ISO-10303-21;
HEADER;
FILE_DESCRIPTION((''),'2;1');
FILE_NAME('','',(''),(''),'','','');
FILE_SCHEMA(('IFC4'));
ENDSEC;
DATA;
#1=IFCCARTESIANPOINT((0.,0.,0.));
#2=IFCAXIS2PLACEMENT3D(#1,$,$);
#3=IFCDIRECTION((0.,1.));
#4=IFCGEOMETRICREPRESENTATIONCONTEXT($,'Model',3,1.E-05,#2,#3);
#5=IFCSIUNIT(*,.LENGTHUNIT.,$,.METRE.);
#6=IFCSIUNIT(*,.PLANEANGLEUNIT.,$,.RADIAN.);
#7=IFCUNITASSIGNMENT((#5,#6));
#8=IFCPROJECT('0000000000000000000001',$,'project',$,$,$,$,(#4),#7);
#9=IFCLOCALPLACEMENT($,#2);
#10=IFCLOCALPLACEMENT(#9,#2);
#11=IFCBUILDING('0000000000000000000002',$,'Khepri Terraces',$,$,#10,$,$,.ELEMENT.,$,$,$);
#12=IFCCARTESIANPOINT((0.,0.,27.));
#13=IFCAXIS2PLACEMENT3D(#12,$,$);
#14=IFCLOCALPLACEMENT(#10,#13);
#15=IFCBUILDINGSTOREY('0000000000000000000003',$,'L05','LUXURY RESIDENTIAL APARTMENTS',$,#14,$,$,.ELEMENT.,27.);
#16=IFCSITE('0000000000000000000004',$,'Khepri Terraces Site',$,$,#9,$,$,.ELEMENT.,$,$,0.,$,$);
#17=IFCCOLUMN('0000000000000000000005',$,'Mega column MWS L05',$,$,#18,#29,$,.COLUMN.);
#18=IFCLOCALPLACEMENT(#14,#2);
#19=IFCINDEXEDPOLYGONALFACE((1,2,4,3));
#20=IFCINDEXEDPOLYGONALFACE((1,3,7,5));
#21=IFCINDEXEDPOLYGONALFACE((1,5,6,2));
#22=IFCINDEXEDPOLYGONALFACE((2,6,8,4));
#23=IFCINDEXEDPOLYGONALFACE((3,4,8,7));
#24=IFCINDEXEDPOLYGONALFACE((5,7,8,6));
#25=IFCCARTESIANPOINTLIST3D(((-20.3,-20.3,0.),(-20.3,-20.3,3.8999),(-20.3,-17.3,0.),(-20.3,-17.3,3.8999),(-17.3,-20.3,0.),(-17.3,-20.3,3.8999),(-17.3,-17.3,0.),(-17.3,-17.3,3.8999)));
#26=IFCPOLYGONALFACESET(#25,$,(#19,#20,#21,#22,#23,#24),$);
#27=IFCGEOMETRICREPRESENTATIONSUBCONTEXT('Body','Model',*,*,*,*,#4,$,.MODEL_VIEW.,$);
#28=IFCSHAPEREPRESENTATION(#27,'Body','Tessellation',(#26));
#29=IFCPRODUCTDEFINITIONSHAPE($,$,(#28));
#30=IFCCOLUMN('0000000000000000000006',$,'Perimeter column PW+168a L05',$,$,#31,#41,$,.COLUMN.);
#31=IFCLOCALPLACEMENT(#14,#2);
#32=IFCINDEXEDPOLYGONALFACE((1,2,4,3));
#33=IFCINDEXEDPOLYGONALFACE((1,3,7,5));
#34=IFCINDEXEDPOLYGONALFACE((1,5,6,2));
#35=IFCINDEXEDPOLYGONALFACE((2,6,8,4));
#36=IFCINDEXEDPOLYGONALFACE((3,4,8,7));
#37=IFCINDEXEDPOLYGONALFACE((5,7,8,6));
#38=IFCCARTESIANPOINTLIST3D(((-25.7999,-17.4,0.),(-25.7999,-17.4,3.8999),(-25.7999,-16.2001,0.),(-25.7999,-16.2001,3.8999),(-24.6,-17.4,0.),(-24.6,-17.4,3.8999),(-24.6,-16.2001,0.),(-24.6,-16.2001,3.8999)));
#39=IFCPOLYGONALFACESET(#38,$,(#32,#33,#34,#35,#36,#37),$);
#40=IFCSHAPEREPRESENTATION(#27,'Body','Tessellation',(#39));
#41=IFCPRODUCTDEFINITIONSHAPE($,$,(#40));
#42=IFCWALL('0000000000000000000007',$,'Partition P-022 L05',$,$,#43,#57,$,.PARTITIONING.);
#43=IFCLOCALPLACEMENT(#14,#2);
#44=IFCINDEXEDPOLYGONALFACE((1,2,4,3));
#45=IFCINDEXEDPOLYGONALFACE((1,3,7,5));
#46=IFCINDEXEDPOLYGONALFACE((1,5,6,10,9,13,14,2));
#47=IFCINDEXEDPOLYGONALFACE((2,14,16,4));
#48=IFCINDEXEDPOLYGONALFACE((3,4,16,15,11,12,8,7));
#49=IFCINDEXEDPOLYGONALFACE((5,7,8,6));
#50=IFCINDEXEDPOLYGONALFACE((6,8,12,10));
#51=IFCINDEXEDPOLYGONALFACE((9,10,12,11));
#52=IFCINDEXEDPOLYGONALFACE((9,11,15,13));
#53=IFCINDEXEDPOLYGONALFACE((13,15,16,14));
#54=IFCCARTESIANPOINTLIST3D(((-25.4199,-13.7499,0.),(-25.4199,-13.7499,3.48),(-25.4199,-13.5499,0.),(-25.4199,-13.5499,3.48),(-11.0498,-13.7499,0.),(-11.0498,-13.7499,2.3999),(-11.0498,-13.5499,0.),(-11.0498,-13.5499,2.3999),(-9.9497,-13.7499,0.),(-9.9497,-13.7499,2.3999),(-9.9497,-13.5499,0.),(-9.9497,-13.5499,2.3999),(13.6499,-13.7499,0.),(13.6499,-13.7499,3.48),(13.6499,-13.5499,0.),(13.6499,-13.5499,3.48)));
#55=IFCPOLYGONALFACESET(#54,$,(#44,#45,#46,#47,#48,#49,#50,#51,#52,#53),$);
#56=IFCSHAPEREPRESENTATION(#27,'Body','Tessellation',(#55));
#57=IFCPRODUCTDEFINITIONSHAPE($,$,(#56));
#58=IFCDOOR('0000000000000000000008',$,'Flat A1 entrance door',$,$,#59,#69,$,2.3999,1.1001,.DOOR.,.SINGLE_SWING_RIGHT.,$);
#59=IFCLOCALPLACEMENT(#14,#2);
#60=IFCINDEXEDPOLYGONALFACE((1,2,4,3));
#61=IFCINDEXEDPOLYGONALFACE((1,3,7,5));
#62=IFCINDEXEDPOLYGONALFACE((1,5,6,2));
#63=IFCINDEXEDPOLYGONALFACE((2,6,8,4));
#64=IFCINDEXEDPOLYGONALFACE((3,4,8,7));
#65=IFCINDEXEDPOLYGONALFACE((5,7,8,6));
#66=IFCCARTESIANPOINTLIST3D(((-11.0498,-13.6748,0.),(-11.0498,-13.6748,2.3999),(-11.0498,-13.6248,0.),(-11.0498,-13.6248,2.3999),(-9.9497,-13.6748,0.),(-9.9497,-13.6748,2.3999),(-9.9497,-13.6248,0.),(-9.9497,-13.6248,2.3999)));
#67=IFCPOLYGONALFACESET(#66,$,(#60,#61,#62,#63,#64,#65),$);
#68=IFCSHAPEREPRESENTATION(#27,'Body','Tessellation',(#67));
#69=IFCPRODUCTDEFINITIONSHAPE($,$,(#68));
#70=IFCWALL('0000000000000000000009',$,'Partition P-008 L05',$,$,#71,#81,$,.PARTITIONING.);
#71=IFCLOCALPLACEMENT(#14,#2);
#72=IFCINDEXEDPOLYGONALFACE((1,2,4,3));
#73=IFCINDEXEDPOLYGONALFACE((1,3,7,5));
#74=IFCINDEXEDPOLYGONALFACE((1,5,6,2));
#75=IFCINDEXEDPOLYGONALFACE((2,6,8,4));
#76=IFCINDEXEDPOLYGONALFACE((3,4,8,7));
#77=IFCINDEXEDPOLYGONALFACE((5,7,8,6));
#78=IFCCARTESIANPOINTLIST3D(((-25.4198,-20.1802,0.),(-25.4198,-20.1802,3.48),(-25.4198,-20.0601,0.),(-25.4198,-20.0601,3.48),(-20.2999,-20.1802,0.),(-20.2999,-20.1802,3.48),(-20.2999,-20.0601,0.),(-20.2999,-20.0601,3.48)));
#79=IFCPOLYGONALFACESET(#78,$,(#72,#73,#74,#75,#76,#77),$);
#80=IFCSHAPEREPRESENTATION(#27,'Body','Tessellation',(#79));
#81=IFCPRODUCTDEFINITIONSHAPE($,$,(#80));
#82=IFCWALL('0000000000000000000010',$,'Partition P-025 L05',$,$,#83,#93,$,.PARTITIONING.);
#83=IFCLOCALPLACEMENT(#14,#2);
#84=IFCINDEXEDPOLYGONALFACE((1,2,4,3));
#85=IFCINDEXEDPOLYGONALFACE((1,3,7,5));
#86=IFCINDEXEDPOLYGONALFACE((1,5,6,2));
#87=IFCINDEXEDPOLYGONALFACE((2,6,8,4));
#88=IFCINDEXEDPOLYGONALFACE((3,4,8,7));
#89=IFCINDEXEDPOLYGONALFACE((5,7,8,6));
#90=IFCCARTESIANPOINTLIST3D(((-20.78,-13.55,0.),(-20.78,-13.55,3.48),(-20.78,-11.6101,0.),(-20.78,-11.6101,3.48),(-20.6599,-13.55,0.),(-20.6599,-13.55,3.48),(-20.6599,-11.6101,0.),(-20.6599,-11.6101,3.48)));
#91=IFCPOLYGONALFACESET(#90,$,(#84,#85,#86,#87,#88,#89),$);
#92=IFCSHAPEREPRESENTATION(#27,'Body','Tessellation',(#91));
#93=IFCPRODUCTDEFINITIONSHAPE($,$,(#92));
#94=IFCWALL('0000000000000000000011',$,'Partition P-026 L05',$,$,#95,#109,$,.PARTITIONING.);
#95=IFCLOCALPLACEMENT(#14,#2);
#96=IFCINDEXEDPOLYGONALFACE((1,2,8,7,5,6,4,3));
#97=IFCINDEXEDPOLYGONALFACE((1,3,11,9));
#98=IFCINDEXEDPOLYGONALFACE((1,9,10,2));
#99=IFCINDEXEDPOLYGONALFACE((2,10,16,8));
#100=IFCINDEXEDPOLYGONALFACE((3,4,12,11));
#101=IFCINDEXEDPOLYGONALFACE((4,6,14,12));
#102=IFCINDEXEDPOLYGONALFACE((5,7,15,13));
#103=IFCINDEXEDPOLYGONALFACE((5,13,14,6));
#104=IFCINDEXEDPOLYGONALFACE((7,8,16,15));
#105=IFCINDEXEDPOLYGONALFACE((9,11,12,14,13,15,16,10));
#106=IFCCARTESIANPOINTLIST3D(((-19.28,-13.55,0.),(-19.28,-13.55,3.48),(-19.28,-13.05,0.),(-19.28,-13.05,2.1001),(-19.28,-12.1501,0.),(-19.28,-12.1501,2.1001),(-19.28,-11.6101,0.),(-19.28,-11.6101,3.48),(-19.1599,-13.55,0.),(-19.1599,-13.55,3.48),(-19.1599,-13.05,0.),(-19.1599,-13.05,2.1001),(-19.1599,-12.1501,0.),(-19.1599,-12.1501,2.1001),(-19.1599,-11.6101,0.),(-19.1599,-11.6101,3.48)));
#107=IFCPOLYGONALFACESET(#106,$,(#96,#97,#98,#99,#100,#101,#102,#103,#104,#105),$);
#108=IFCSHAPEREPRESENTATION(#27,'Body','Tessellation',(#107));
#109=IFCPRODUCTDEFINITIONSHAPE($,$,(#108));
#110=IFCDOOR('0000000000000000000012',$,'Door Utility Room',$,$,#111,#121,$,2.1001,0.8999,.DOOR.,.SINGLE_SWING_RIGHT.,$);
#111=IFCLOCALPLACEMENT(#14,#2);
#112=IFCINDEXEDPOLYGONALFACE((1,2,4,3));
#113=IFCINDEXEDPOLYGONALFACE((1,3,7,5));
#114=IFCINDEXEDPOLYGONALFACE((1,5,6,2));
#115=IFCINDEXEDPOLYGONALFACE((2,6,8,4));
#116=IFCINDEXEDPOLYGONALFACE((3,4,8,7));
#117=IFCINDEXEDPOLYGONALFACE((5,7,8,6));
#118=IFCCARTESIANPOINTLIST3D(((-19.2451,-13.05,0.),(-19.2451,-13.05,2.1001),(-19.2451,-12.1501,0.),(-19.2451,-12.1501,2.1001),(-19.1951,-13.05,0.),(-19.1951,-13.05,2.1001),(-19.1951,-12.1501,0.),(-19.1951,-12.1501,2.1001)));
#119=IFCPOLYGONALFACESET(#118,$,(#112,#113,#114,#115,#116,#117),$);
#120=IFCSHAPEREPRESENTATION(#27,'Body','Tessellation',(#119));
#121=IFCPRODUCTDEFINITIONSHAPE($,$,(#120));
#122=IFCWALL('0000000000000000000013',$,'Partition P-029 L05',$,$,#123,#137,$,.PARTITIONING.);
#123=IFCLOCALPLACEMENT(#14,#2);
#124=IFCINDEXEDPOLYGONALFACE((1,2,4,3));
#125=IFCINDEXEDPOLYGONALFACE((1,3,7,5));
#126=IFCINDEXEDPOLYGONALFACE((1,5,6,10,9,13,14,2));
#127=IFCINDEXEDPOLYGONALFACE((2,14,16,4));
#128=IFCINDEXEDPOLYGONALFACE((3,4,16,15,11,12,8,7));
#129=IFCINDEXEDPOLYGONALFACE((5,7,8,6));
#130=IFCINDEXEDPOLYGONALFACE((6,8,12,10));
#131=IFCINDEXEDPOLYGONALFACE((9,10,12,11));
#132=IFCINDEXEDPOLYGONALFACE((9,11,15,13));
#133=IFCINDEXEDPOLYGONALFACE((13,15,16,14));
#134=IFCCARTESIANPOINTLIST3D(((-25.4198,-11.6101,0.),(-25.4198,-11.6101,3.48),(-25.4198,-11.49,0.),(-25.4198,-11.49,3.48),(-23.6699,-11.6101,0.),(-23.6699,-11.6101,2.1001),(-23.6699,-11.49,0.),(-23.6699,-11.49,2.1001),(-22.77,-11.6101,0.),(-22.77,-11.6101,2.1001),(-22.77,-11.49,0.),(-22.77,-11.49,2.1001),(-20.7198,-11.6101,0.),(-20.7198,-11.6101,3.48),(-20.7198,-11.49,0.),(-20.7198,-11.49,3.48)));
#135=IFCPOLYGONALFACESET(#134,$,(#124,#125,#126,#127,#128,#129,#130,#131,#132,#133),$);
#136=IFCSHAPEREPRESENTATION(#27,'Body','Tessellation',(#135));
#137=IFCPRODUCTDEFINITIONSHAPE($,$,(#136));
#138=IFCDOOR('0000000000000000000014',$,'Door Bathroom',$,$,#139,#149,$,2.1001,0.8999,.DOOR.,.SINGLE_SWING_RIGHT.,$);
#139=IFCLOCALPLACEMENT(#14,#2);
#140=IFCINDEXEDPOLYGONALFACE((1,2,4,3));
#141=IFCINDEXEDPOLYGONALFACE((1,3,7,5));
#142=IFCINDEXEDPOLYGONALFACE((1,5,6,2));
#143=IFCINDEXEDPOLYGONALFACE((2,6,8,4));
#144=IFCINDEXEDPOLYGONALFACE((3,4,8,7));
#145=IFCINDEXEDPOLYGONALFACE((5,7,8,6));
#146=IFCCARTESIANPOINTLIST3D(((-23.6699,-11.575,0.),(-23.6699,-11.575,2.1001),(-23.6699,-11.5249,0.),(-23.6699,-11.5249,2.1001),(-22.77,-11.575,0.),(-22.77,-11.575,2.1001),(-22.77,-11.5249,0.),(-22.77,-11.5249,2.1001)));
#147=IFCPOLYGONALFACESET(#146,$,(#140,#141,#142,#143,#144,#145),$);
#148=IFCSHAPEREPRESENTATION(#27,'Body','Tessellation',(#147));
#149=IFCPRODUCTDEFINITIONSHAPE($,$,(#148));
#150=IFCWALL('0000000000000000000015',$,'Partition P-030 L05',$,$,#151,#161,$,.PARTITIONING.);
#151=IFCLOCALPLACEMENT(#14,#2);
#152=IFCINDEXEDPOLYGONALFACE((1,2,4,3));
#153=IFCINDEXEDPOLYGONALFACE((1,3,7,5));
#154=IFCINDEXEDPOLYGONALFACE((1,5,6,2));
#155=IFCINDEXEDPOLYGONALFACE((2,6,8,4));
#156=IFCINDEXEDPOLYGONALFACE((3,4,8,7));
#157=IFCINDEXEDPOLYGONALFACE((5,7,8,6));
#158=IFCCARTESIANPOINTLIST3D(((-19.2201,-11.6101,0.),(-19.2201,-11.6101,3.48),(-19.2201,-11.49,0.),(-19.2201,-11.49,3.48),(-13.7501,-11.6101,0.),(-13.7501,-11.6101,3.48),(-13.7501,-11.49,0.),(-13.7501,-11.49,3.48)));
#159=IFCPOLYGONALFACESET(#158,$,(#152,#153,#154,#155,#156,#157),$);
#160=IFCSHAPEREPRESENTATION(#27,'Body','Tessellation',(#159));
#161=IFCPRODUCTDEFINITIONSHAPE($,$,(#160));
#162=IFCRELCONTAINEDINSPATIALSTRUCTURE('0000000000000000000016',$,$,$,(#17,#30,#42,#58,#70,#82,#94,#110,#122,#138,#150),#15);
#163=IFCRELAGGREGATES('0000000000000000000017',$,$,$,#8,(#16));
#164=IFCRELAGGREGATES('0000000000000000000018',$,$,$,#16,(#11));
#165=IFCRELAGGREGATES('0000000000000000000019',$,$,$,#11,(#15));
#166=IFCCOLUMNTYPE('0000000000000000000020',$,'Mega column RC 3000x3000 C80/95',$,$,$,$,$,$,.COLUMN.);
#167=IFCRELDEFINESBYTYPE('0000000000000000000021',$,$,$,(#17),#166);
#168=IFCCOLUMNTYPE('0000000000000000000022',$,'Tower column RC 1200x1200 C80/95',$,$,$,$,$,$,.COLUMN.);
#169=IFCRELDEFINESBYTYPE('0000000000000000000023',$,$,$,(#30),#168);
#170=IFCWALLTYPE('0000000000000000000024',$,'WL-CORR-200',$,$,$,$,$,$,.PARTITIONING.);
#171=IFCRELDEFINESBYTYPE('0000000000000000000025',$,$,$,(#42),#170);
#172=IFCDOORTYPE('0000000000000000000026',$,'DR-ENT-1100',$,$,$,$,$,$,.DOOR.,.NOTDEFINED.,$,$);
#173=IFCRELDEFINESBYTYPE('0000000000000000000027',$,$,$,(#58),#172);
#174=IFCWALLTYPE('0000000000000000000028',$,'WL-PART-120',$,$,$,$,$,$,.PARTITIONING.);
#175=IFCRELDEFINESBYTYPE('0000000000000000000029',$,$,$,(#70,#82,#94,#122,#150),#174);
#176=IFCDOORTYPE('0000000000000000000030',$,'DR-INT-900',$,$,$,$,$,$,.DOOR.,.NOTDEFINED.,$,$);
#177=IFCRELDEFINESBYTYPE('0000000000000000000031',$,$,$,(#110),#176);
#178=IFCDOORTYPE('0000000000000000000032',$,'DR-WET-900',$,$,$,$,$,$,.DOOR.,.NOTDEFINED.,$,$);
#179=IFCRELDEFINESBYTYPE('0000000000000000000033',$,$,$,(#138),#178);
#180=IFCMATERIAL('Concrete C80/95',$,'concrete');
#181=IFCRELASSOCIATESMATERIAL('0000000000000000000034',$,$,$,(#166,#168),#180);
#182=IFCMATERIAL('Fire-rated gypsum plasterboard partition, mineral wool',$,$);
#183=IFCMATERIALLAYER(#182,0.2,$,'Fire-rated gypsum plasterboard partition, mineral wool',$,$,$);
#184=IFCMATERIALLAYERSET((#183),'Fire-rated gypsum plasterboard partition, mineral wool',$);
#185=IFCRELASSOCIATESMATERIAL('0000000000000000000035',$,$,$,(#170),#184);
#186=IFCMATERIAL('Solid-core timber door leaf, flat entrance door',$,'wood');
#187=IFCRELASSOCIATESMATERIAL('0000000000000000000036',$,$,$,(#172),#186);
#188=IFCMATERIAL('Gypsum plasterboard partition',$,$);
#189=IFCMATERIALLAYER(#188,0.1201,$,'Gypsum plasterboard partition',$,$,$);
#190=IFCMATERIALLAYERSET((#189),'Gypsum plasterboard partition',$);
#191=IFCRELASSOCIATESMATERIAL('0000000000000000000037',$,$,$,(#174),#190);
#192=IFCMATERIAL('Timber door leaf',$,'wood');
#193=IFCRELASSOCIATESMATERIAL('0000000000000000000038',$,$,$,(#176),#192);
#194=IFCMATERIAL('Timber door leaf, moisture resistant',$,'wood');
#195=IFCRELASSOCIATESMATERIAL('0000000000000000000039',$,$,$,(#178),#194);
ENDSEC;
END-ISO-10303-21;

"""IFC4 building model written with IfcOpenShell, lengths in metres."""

from ifc_helpers import new_model, si_unit, direction, frame, frame_2d, origin, origin_2d, place, context, subcontext, project, spatial, rectangle, extrude, material, layer, layer_set, material_profile, profile_set, type_object, element, fill, save


model = new_model("IFC4")

# Units and contexts
model_context = context("Model", 3, precision=1e-05, world=origin(), true_north=direction((0.0, 1.0)))
body_context = subcontext(model_context, "Body", "Model", "MODEL_VIEW")
ifc_project = project(units=[si_unit("LENGTHUNIT", "METRE"), si_unit("PLANEANGLEUNIT", "RADIAN")], contexts=[model_context])

# Site, building, storey
site_placement = place(None, origin())
site = spatial("IfcSite", under=ifc_project, at=site_placement, Name="Khepri Terraces Site", CompositionType="ELEMENT", RefElevation=0.0)
building_placement = place(site_placement, origin())
building = spatial("IfcBuilding", under=site, at=building_placement, Name="Khepri Terraces", CompositionType="ELEMENT")
storey_placement = place(building_placement, frame((0.0, 0.0, 27.0)))
storey = spatial("IfcBuildingStorey", under=building, at=storey_placement, Name="L05", Description="LUXURY RESIDENTIAL APARTMENTS", CompositionType="ELEMENT", Elevation=27.0)

# Columns
ifc_material_1 = material(Name="Concrete C80/95", Category="concrete")
ifc_material_profile_1 = material_profile(ifc_material_1, rectangle(XDim=3.0, YDim=3.0, at=origin_2d()), Name="Concrete C80/95", Category="concrete")
ifc_profile_set_1 = profile_set([ifc_material_profile_1], Name="Concrete C80/95")
column_type_1 = type_object("IfcColumnType", Name="Mega column RC 3000x3000 C80/95", PredefinedType="COLUMN", material=ifc_profile_set_1)
column_1_placement = place(storey_placement, frame((-18.8, -18.8, 0.0), z_axis=(0.0, 0.0, 1.0), x_axis=(1.0, 0.0, 0.0)))
element("IfcColumn", 1, at=column_1_placement, inside=storey, type_object=column_type_1, Name="Mega column MWS L05", PredefinedType="COLUMN", context=body_context, shape_type="SweptSolid", body=[
    extrude(rectangle(XDim=3.0, YDim=3.0, at=origin_2d()), origin(), (0.0, 0.0, 1.0), 3.8999),
])
ifc_material_profile_2 = material_profile(ifc_material_1, rectangle(XDim=1.2, YDim=1.2, at=origin_2d()), Name="Concrete C80/95", Category="concrete")
ifc_profile_set_2 = profile_set([ifc_material_profile_2], Name="Concrete C80/95")
column_type_2 = type_object("IfcColumnType", Name="Tower column RC 1200x1200 C80/95", PredefinedType="COLUMN", material=ifc_profile_set_2)
column_2_placement = place(storey_placement, frame((-25.2, -16.8, 0.0), z_axis=(0.0, 0.0, 1.0), x_axis=(1.0, 0.0, 0.0)))
element("IfcColumn", 2, at=column_2_placement, inside=storey, type_object=column_type_2, Name="Perimeter column PW+168a L05", PredefinedType="COLUMN", context=body_context, shape_type="SweptSolid", body=[
    extrude(rectangle(XDim=1.2, YDim=1.2, at=origin_2d()), origin(), (0.0, 0.0, 1.0), 3.8999),
])

# Wall, opening, door
ifc_material_2 = material(Name="Fire-rated gypsum plasterboard partition, mineral wool")
ifc_layer_1 = layer(ifc_material_2, 0.2, Name="Fire-rated gypsum plasterboard partition, mineral wool")
ifc_layer_set_1 = layer_set([ifc_layer_1], Name="Fire-rated gypsum plasterboard partition, mineral wool")
wall_type_1 = type_object("IfcWallType", Name="WL-CORR-200", PredefinedType="PARTITIONING", material=ifc_layer_set_1)
wall_1_placement = place(storey_placement, frame((-25.4199, -13.6499, 0.0), z_axis=(0.0, 0.0, 1.0), x_axis=(1.0, 0.0, 0.0)))
wall_1 = element("IfcWall", 3, at=wall_1_placement, inside=storey, type_object=wall_type_1, Name="Partition P-022 L05", PredefinedType="PARTITIONING", context=body_context, shape_type="SweptSolid", body=[
    extrude(rectangle(XDim=39.0698, YDim=0.2, at=frame_2d((19.5349, 0.0))), origin(), (0.0, 0.0, 1.0), 3.48),
])
opening_1_placement = place(wall_1_placement, frame((14.3701, 0.0, 0.0)))
opening_1 = element("IfcOpeningElement", 4, at=opening_1_placement, cuts=wall_1, PredefinedType="OPENING", context=body_context, shape_type="SweptSolid", body=[
    extrude(rectangle(XDim=1.1001, YDim=2.3999, at=frame_2d((0.55, 1.2))), frame((0.0, 0.1099, 0.0), z_axis=(0.0, -1.0, 0.0), x_axis=(1.0, 0.0, 0.0)), (0.0, 0.0, 1.0), 0.22),
])
ifc_material_3 = material(Name="Solid-core timber door leaf, flat entrance door", Category="wood")
door_type_1 = type_object("IfcDoorType", Name="DR-ENT-1100", OperationType="NOTDEFINED", PredefinedType="DOOR", material=ifc_material_3)
door_1_placement = place(opening_1_placement, frame((1.1001, 0.0, 0.0), z_axis=(0.0, 0.0, 1.0), x_axis=(-1.0, 0.0, 0.0)))
door_1 = element("IfcDoor", 5, at=door_1_placement, inside=storey, type_object=door_type_1, Name="Flat A1 entrance door", OperationType="SINGLE_SWING_RIGHT", OverallHeight=2.3999, OverallWidth=1.1001, PredefinedType="DOOR", context=body_context, shape_type="SweptSolid", body=[
    extrude(rectangle(XDim=1.1001, YDim=2.3999, at=frame_2d((0.55, 1.2))), frame((0.0, 0.0249, 0.0), z_axis=(0.0, -1.0, 0.0), x_axis=(1.0, 0.0, 0.0)), (0.0, 0.0, 1.0), 0.05),
])
fill(opening_1, door_1)

# Walls
ifc_material_4 = material(Name="Gypsum plasterboard partition")
ifc_layer_2 = layer(ifc_material_4, 0.1201, Name="Gypsum plasterboard partition")
ifc_layer_set_2 = layer_set([ifc_layer_2], Name="Gypsum plasterboard partition")
wall_type_2 = type_object("IfcWallType", Name="WL-PART-120", PredefinedType="PARTITIONING", material=ifc_layer_set_2)
wall_2_placement = place(storey_placement, frame((-25.4199, -20.1201, 0.0), z_axis=(0.0, 0.0, 1.0), x_axis=(1.0, 0.0, 0.0)))
element("IfcWall", 6, at=wall_2_placement, inside=storey, type_object=wall_type_2, Name="Partition P-008 L05", PredefinedType="PARTITIONING", context=body_context, shape_type="SweptSolid", body=[
    extrude(rectangle(XDim=5.1199, YDim=0.1201, at=frame_2d((2.5601, 0.0))), origin(), (0.0, 0.0, 1.0), 3.48),
])
wall_3_placement = place(storey_placement, frame((-20.72, -13.55, 0.0), z_axis=(0.0, 0.0, 1.0), x_axis=(0.0, 1.0, 0.0)))
element("IfcWall", 7, at=wall_3_placement, inside=storey, type_object=wall_type_2, Name="Partition P-025 L05", PredefinedType="PARTITIONING", context=body_context, shape_type="SweptSolid", body=[
    extrude(rectangle(XDim=1.9399, YDim=0.1201, at=frame_2d((0.97, 0.0))), origin(), (0.0, 0.0, 1.0), 3.48),
])

# Walls, openings, doors
wall_4_placement = place(storey_placement, frame((-19.22, -13.55, 0.0), z_axis=(0.0, 0.0, 1.0), x_axis=(0.0, 1.0, 0.0)))
wall_4 = element("IfcWall", 8, at=wall_4_placement, inside=storey, type_object=wall_type_2, Name="Partition P-026 L05", PredefinedType="PARTITIONING", context=body_context, shape_type="SweptSolid", body=[
    extrude(rectangle(XDim=1.9399, YDim=0.1201, at=frame_2d((0.97, 0.0))), origin(), (0.0, 0.0, 1.0), 3.48),
])
opening_2_placement = place(wall_4_placement, frame((0.5, 0.0, 0.0)))
opening_2 = element("IfcOpeningElement", 9, at=opening_2_placement, cuts=wall_4, PredefinedType="OPENING", context=body_context, shape_type="SweptSolid", body=[
    extrude(rectangle(XDim=0.8999, YDim=2.1001, at=frame_2d((0.45, 1.05))), frame((0.0, 0.0701, 0.0), z_axis=(0.0, -1.0, 0.0), x_axis=(1.0, 0.0, 0.0)), (0.0, 0.0, 1.0), 0.1401),
])
ifc_material_5 = material(Name="Timber door leaf", Category="wood")
door_type_2 = type_object("IfcDoorType", Name="DR-INT-900", OperationType="NOTDEFINED", PredefinedType="DOOR", material=ifc_material_5)
door_2_placement = place(opening_2_placement, frame((0.8999, 0.0, 0.0), z_axis=(0.0, 0.0, 1.0), x_axis=(-1.0, 0.0, 0.0)))
door_2 = element("IfcDoor", 10, at=door_2_placement, inside=storey, type_object=door_type_2, Name="Door Utility Room", OperationType="SINGLE_SWING_RIGHT", OverallHeight=2.1001, OverallWidth=0.8999, PredefinedType="DOOR", context=body_context, shape_type="SweptSolid", body=[
    extrude(rectangle(XDim=0.8999, YDim=2.1001, at=frame_2d((0.45, 1.05))), frame((0.0, 0.0249, 0.0), z_axis=(0.0, -1.0, 0.0), x_axis=(1.0, 0.0, 0.0)), (0.0, 0.0, 1.0), 0.05),
])
fill(opening_2, door_2)
wall_5_placement = place(storey_placement, frame((-25.4199, -11.55, 0.0), z_axis=(0.0, 0.0, 1.0), x_axis=(1.0, 0.0, 0.0)))
wall_5 = element("IfcWall", 11, at=wall_5_placement, inside=storey, type_object=wall_type_2, Name="Partition P-029 L05", PredefinedType="PARTITIONING", context=body_context, shape_type="SweptSolid", body=[
    extrude(rectangle(XDim=4.7, YDim=0.1201, at=frame_2d((2.3501, 0.0))), origin(), (0.0, 0.0, 1.0), 3.48),
])
opening_3_placement = place(wall_5_placement, frame((1.75, 0.0, 0.0)))
opening_3 = element("IfcOpeningElement", 12, at=opening_3_placement, cuts=wall_5, PredefinedType="OPENING", context=body_context, shape_type="SweptSolid", body=[
    extrude(rectangle(XDim=0.8999, YDim=2.1001, at=frame_2d((0.45, 1.05))), frame((0.0, 0.0701, 0.0), z_axis=(0.0, -1.0, 0.0), x_axis=(1.0, 0.0, 0.0)), (0.0, 0.0, 1.0), 0.1401),
])
ifc_material_6 = material(Name="Timber door leaf, moisture resistant", Category="wood")
door_type_3 = type_object("IfcDoorType", Name="DR-WET-900", OperationType="NOTDEFINED", PredefinedType="DOOR", material=ifc_material_6)
door_3_placement = place(opening_3_placement, frame((0.8999, 0.0, 0.0), z_axis=(0.0, 0.0, 1.0), x_axis=(-1.0, 0.0, 0.0)))
door_3 = element("IfcDoor", 13, at=door_3_placement, inside=storey, type_object=door_type_3, Name="Door Bathroom", OperationType="SINGLE_SWING_RIGHT", OverallHeight=2.1001, OverallWidth=0.8999, PredefinedType="DOOR", context=body_context, shape_type="SweptSolid", body=[
    extrude(rectangle(XDim=0.8999, YDim=2.1001, at=frame_2d((0.45, 1.05))), frame((0.0, 0.0249, 0.0), z_axis=(0.0, -1.0, 0.0), x_axis=(1.0, 0.0, 0.0)), (0.0, 0.0, 1.0), 0.05),
])
fill(opening_3, door_3)

# Wall
wall_6_placement = place(storey_placement, frame((-19.22, -11.55, 0.0), z_axis=(0.0, 0.0, 1.0), x_axis=(1.0, 0.0, 0.0)))
element("IfcWall", 14, at=wall_6_placement, inside=storey, type_object=wall_type_2, Name="Partition P-030 L05", PredefinedType="PARTITIONING", context=body_context, shape_type="SweptSolid", body=[
    extrude(rectangle(XDim=5.47, YDim=0.1201, at=frame_2d((2.7349, 0.0))), origin(), (0.0, 0.0, 1.0), 3.48),
])

save(model, "model.ifc")
